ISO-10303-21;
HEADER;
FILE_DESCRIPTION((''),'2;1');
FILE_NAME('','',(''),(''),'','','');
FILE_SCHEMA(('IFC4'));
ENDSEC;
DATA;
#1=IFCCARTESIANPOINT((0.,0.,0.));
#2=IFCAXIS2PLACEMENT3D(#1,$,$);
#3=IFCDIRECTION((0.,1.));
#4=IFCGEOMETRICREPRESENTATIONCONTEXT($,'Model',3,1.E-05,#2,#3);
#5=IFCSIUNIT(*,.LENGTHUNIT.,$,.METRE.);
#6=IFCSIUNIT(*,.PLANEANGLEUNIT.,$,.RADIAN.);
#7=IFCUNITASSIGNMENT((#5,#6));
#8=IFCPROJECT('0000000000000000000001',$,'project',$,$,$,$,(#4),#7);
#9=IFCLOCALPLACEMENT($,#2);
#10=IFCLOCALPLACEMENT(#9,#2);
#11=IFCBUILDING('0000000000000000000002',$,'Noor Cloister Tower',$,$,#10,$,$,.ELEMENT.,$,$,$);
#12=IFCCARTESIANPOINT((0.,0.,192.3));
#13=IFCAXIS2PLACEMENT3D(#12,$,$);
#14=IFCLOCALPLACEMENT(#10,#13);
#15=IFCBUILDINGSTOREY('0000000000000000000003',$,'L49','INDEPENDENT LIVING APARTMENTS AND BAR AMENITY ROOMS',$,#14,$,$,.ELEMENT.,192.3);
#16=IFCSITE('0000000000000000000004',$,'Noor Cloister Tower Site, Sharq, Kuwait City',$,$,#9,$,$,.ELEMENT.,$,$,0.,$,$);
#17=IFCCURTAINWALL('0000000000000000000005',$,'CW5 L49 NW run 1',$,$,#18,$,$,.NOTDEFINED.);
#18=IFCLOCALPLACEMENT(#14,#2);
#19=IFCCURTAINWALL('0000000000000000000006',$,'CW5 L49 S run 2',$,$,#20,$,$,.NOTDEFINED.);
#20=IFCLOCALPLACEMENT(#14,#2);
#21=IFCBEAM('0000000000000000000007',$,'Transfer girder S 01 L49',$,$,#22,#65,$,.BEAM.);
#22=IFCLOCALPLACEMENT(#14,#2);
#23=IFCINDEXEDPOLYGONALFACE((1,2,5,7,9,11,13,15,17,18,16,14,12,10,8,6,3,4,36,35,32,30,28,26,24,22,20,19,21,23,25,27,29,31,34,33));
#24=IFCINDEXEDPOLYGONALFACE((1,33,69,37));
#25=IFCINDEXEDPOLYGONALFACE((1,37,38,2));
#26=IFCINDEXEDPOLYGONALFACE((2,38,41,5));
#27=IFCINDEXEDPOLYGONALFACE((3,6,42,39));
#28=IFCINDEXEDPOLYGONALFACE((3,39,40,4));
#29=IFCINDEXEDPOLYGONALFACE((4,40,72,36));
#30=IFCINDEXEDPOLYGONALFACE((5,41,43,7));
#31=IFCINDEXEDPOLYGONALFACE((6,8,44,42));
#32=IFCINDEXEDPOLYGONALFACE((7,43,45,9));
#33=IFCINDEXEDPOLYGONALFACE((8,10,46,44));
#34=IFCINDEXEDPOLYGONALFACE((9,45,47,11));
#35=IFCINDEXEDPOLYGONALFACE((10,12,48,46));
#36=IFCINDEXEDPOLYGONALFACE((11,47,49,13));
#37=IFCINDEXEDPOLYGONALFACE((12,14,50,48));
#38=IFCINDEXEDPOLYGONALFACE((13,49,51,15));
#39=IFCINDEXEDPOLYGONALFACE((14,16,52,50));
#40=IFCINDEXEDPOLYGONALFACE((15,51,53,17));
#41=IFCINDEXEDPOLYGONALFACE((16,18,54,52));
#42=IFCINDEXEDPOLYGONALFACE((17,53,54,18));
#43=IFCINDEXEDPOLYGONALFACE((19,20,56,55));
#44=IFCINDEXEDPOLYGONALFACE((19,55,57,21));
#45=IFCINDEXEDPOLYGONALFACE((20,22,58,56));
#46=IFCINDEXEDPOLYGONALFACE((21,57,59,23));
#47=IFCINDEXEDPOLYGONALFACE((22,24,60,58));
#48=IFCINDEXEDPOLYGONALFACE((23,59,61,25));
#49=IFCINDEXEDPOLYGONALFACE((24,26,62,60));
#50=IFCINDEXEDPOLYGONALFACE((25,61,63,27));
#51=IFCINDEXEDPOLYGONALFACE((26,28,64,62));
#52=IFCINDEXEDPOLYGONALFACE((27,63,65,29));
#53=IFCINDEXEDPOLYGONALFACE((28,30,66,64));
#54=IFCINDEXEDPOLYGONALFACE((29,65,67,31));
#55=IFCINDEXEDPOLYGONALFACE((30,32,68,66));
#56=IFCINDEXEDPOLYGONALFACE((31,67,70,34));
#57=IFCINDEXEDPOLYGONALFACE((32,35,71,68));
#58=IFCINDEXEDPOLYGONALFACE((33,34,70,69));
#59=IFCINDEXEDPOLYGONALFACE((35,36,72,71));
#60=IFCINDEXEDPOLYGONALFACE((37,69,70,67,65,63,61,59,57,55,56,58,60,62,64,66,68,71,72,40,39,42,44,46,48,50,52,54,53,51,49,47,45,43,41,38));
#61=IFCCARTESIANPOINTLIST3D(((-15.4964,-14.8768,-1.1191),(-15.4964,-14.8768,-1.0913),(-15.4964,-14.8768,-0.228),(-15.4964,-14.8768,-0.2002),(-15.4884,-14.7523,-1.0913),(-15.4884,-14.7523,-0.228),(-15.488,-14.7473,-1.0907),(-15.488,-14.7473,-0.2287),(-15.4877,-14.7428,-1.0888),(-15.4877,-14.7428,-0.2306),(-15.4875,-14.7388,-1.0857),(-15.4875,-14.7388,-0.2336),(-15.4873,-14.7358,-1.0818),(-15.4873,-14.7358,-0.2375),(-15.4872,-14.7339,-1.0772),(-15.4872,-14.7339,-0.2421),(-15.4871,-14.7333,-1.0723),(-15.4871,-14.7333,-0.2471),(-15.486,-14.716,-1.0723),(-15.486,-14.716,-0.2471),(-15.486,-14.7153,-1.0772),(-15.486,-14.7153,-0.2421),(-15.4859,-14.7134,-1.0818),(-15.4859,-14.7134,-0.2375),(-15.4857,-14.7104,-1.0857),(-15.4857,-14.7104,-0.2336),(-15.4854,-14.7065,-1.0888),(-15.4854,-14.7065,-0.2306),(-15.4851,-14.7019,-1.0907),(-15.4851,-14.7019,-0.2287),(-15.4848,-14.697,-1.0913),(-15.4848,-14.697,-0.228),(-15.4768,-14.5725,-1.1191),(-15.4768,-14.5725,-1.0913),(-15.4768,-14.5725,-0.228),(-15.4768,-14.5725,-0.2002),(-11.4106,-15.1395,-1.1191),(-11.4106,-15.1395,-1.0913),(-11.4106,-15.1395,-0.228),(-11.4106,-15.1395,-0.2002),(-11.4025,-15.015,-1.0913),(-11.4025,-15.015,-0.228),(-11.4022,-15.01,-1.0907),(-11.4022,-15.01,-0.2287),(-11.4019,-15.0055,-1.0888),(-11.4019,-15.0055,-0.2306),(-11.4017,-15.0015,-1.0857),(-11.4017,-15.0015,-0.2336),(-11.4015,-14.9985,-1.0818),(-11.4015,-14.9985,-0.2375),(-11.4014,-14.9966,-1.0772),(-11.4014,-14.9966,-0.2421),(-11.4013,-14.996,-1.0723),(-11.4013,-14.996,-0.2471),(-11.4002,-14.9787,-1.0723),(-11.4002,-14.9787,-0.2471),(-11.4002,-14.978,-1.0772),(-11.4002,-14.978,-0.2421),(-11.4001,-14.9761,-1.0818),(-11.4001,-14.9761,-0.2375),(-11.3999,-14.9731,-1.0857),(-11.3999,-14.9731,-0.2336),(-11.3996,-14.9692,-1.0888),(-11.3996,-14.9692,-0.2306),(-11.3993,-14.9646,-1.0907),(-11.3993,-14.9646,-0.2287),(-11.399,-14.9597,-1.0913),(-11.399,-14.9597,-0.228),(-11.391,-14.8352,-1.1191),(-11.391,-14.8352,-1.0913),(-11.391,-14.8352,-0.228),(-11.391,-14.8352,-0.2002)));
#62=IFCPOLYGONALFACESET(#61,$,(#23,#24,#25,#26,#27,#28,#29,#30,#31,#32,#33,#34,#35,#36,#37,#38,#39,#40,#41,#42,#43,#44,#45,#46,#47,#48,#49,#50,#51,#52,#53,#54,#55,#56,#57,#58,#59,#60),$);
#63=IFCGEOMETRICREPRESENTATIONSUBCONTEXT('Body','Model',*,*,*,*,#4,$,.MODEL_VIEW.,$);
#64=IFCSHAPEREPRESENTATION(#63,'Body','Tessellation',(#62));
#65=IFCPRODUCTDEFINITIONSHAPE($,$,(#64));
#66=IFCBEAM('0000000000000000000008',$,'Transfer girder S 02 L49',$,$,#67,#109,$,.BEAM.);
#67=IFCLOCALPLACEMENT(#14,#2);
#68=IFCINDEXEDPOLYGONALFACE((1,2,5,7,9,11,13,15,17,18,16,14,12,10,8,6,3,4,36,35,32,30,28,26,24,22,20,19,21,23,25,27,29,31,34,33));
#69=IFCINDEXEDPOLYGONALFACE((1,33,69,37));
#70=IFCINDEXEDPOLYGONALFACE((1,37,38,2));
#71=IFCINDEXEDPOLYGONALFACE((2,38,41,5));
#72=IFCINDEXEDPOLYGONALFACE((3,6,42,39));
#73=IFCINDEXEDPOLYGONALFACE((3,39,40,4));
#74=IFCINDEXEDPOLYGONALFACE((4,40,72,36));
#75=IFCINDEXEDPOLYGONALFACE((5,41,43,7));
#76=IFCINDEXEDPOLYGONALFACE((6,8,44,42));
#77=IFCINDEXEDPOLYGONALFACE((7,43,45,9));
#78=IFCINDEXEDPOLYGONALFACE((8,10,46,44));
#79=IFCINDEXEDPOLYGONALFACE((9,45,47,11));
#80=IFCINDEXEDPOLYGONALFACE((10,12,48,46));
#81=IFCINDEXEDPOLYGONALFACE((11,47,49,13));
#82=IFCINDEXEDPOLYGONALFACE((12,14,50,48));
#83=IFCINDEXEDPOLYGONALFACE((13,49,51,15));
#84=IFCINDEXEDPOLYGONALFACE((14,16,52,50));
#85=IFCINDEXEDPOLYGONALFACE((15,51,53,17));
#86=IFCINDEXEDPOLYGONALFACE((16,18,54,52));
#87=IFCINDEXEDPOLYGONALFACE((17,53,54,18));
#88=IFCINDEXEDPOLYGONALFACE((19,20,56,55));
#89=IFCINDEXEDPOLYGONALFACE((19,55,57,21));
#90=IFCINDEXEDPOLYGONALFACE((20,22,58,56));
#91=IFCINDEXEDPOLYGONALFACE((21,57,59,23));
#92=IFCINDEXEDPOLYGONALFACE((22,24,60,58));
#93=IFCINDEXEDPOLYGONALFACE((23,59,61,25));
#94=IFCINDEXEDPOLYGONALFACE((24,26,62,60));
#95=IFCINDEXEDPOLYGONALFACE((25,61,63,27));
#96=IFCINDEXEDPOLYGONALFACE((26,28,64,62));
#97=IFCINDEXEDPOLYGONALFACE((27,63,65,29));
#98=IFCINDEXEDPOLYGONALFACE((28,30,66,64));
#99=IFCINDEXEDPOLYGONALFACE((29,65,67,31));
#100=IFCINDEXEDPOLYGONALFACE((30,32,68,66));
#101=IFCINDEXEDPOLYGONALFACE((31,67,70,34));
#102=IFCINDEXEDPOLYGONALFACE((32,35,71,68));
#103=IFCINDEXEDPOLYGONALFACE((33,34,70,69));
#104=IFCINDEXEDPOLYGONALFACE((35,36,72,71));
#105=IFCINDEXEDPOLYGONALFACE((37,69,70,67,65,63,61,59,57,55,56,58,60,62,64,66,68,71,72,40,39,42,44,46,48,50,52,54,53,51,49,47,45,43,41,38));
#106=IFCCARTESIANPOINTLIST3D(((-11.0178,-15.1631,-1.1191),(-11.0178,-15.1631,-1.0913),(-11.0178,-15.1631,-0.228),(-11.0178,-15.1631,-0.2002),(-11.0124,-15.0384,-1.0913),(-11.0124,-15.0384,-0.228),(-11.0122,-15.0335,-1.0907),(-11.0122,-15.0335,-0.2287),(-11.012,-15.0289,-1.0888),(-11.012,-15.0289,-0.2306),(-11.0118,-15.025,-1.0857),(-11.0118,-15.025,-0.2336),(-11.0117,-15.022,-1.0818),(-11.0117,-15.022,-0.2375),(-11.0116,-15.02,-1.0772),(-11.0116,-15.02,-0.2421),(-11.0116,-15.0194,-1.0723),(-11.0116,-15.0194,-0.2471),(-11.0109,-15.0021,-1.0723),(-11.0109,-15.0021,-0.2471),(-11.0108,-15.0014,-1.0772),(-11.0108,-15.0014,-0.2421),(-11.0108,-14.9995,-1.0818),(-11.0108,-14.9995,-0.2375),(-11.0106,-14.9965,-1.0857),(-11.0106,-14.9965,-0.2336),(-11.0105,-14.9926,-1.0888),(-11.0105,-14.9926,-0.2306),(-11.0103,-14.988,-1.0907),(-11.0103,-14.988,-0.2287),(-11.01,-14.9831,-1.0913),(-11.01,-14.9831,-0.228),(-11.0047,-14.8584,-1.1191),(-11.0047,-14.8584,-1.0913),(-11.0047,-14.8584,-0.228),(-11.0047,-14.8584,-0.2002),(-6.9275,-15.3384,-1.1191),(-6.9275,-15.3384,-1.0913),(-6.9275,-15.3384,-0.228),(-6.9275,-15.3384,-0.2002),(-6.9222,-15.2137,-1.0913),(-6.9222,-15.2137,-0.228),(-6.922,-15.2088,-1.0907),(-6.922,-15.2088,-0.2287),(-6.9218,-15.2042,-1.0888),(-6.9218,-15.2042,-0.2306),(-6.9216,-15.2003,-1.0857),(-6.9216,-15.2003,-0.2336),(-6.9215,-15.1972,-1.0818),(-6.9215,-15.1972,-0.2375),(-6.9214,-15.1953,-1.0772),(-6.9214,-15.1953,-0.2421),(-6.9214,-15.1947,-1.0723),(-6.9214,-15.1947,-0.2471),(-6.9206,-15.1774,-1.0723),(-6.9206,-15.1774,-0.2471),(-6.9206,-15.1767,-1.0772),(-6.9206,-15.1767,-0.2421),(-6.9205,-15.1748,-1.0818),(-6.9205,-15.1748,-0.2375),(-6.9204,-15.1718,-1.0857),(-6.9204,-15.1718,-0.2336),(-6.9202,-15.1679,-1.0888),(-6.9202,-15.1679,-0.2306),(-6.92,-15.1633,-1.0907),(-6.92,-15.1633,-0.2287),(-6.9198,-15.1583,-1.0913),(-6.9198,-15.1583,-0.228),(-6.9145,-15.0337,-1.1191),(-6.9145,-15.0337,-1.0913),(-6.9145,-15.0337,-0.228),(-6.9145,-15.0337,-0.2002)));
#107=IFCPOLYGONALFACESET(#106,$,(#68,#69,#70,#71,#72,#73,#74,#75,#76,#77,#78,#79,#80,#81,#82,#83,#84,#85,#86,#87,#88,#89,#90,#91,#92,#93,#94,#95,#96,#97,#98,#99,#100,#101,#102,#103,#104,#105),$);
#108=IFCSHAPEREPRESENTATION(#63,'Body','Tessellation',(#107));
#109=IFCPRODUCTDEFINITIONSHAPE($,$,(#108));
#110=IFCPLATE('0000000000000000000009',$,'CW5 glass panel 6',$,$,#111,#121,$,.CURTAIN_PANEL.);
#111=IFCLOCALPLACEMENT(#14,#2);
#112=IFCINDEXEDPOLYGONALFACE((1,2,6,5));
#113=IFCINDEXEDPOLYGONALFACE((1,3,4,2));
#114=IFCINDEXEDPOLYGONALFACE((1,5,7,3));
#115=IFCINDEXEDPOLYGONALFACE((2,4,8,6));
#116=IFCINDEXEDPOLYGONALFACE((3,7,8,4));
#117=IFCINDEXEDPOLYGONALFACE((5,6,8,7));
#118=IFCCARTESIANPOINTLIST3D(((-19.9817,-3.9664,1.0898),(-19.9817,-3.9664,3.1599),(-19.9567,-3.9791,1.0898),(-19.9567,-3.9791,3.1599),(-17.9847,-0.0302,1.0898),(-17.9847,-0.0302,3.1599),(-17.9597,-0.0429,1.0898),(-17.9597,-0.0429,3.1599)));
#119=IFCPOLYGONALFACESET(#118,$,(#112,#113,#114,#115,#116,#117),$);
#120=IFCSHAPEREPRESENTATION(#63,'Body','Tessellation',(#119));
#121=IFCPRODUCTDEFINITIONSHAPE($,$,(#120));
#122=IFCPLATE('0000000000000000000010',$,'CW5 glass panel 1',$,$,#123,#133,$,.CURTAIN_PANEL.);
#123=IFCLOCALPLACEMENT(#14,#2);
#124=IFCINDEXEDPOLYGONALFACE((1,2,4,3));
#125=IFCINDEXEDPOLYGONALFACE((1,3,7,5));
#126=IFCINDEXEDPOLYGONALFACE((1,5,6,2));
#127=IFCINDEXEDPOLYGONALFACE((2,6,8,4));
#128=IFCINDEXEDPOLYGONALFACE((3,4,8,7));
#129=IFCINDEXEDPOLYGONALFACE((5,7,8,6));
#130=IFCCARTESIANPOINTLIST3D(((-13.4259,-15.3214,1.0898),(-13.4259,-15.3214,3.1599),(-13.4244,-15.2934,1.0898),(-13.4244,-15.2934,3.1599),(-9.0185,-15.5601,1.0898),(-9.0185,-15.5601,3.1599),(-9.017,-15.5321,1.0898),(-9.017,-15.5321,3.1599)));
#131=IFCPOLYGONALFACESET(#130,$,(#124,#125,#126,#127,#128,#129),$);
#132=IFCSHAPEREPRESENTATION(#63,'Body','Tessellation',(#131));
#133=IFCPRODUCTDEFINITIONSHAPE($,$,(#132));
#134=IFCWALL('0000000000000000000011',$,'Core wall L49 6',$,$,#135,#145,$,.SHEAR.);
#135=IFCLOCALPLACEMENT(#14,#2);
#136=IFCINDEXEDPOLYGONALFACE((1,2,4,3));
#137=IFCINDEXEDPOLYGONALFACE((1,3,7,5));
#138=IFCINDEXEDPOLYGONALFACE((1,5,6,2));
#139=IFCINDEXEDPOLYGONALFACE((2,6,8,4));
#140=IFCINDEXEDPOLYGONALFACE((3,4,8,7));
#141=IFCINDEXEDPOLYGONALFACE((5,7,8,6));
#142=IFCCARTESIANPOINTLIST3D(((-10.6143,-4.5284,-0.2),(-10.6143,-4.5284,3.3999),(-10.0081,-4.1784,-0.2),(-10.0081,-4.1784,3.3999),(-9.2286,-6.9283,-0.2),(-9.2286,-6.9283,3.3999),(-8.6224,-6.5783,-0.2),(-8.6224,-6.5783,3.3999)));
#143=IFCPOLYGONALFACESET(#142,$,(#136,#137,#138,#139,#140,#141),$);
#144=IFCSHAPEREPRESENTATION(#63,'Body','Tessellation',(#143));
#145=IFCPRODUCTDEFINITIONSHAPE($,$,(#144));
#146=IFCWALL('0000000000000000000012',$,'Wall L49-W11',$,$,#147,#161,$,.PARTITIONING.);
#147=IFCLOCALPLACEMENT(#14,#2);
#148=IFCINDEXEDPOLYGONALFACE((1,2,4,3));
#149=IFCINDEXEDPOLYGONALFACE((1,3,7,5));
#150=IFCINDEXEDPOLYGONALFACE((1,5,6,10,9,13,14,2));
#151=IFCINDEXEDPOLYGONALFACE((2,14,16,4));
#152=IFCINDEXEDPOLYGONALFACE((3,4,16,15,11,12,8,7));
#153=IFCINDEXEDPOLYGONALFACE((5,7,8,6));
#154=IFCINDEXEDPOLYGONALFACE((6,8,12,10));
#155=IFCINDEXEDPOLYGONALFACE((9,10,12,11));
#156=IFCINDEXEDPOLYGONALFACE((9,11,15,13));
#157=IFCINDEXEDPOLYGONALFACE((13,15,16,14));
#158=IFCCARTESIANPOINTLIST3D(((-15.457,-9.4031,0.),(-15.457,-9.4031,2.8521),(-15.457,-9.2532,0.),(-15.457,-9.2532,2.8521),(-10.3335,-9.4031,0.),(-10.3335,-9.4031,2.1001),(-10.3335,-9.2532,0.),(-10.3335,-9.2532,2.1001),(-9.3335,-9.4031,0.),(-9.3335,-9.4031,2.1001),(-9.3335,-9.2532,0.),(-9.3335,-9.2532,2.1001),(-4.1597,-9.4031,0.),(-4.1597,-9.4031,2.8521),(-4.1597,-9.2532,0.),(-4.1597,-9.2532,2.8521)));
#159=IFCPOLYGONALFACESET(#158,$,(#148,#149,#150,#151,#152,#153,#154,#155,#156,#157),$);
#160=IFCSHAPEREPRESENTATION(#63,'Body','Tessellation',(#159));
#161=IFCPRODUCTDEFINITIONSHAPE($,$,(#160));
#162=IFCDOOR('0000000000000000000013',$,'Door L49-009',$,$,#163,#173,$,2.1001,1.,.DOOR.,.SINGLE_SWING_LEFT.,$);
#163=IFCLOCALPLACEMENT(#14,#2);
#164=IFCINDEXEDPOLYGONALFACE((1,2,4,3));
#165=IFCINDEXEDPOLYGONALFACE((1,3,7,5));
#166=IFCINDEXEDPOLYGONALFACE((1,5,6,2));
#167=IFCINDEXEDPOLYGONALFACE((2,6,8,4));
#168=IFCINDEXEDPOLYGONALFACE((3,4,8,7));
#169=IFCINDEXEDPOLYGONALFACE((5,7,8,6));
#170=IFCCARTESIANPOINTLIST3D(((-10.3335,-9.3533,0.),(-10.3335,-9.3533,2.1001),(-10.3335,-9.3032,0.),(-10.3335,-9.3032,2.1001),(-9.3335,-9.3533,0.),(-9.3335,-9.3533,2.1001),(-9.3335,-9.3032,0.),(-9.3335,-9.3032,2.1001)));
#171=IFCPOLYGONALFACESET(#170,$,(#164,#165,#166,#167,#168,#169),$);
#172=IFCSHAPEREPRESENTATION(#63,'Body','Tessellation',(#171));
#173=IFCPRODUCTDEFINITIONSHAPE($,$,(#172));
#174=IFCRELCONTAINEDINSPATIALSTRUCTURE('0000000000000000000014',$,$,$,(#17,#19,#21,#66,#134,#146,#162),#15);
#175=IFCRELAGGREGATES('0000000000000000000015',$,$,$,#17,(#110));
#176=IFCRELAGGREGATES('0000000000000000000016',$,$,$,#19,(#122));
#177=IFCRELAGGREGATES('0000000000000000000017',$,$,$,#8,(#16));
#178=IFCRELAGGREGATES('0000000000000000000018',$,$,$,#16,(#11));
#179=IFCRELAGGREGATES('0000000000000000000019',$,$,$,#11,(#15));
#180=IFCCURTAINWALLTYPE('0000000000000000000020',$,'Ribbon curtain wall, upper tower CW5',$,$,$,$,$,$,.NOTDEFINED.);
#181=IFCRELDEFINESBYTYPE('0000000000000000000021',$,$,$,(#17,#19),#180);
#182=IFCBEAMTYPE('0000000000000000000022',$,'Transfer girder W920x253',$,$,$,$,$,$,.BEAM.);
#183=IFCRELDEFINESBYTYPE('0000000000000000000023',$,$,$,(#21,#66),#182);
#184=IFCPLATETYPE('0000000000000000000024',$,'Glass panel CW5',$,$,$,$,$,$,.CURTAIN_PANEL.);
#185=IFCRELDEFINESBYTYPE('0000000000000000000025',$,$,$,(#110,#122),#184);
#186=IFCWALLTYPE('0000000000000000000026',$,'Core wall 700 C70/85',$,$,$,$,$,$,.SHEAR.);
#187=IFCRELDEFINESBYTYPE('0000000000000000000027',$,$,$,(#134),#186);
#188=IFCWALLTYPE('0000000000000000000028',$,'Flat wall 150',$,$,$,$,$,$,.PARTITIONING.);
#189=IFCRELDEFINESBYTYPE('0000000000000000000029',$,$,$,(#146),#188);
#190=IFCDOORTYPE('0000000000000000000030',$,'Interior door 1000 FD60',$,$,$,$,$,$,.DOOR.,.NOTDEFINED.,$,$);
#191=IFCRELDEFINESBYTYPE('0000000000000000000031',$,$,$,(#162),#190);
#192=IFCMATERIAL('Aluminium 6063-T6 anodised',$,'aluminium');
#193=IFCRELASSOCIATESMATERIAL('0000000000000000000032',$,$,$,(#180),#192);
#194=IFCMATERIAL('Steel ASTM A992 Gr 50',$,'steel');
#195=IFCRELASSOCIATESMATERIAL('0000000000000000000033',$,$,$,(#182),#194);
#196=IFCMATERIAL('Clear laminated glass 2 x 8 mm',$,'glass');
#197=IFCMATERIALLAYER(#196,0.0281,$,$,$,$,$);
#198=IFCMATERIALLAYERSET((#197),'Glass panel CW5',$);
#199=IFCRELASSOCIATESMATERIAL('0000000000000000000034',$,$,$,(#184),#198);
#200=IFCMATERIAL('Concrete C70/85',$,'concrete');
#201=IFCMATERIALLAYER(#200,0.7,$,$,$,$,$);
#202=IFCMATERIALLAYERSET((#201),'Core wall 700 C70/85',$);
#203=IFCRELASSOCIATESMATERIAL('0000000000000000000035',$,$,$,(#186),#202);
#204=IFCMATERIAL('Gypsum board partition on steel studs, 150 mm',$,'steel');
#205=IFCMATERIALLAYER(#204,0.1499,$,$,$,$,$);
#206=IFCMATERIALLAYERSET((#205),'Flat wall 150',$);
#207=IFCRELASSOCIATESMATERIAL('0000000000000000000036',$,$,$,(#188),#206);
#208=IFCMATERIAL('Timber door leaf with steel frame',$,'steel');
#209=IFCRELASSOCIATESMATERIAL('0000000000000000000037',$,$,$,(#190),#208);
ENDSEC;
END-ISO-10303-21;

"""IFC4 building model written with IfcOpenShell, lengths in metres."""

from ifc_helpers import new_model, si_unit, direction, frame, frame_2d, origin, origin_2d, place, context, subcontext, project, spatial, rectangle, i_section, extrude, material, layer, layer_set, material_profile, profile_set, type_object, element, fill, aggregate, save


model = new_model("IFC4")

# Units and contexts
model_context = context("Model", 3, precision=1e-05, world=origin(), true_north=direction((0.0, 1.0)))
body_context = subcontext(model_context, "Body", "Model", "MODEL_VIEW")
ifc_project = project(units=[si_unit("LENGTHUNIT", "METRE"), si_unit("PLANEANGLEUNIT", "RADIAN")], contexts=[model_context])

# Site, building, storey
site_placement = place(None, origin())
site = spatial("IfcSite", under=ifc_project, at=site_placement, Name="Noor Cloister Tower Site, Sharq, Kuwait City", CompositionType="ELEMENT", RefElevation=0.0)
building_placement = place(site_placement, origin())
building = spatial("IfcBuilding", under=site, at=building_placement, Name="Noor Cloister Tower", CompositionType="ELEMENT")
storey_placement = place(building_placement, frame((0.0, 0.0, 192.3)))
storey = spatial("IfcBuildingStorey", under=building, at=storey_placement, Name="L49", Description="INDEPENDENT LIVING APARTMENTS AND BAR AMENITY ROOMS", CompositionType="ELEMENT", Elevation=192.3)

# Curtain wall
ifc_material_1 = material(Name="Aluminium 6063-T6 anodised", Category="aluminium")
curtain_wall_type = type_object("IfcCurtainWallType", Name="Ribbon curtain wall, upper tower CW5", PredefinedType="NOTDEFINED", material=ifc_material_1)
curtain_wall_1_placement = place(storey_placement, origin())
curtain_wall_1 = element("IfcCurtainWall", 1, at=curtain_wall_1_placement, inside=storey, type_object=curtain_wall_type, Name="CW5 L49 NW run 1", PredefinedType="NOTDEFINED")

# Curtain wall
curtain_wall_2_placement = place(storey_placement, origin())
curtain_wall_2 = element("IfcCurtainWall", 2, at=curtain_wall_2_placement, inside=storey, type_object=curtain_wall_type, Name="CW5 L49 S run 2", PredefinedType="NOTDEFINED")

# Beams
ifc_material_2 = material(Name="Steel ASTM A992 Gr 50", Category="steel")
ifc_material_profile_1 = material_profile(ifc_material_2, i_section(OverallWidth=0.3049, OverallDepth=0.9189, WebThickness=0.0173, FlangeThickness=0.0278, FilletRadius=0.019, at=origin_2d()), Name="W920x253")
ifc_profile_set_1 = profile_set([ifc_material_profile_1], Name="Steel ASTM A992 Gr 50")
beam_type_1 = type_object("IfcBeamType", Name="Transfer girder W920x253", PredefinedType="BEAM", material=ifc_profile_set_1)
beam_1_placement = place(storey_placement, frame((-15.4866, -14.7246, -0.6597), z_axis=(0.997939, -0.064164, 0.0), x_axis=(0.064164, 0.997939, 0.0)))
element("IfcBeam", 3, at=beam_1_placement, inside=storey, type_object=beam_type_1, Name="Transfer girder S 01 L49", PredefinedType="BEAM", context=body_context, shape_type="SweptSolid", body=[
    extrude(i_section(OverallWidth=0.3049, OverallDepth=0.9189, WebThickness=0.0173, FlangeThickness=0.0278, FilletRadius=0.019, at=origin_2d()), origin(), (0.0, 0.0, 1.0), 4.0942),
])
beam_2_placement = place(storey_placement, frame((-11.0112, -15.0107, -0.6597), z_axis=(0.999083, -0.042816, 0.0), x_axis=(0.042816, 0.999083, 0.0)))
element("IfcBeam", 4, at=beam_2_placement, inside=storey, type_object=beam_type_1, Name="Transfer girder S 02 L49", PredefinedType="BEAM", context=body_context, shape_type="SweptSolid", body=[
    extrude(i_section(OverallWidth=0.3049, OverallDepth=0.9189, WebThickness=0.0173, FlangeThickness=0.0278, FilletRadius=0.019, at=origin_2d()), origin(), (0.0, 0.0, 1.0), 4.094),
])

# Plates
ifc_material_3 = material(Name="Clear laminated glass 2 x 8 mm", Category="glass")
ifc_layer_1 = layer(ifc_material_3, 0.0281)
ifc_layer_set_1 = layer_set([ifc_layer_1], Name="Glass panel CW5")
plate_type = type_object("IfcPlateType", Name="Glass panel CW5", PredefinedType="CURTAIN_PANEL", material=ifc_layer_set_1)
plate_1_placement = place(storey_placement, frame((-18.9707, -2.0046, 1.0898), z_axis=(0.0, 0.0, 1.0), x_axis=(-0.452439, -0.891795, 0.0)))
plate_1 = element("IfcPlate", 5, at=plate_1_placement, type_object=plate_type, Name="CW5 glass panel 6", PredefinedType="CURTAIN_PANEL", context=body_context, shape_type="SweptSolid", body=[
    extrude(rectangle(XDim=4.4138, YDim=0.0281, at=origin_2d()), origin(), (0.0, 0.0, 1.0), 2.0701),
])
aggregate(curtain_wall_1, [plate_1])
plate_2_placement = place(storey_placement, frame((-11.2214, -15.4268, 1.0898), z_axis=(0.0, 0.0, 1.0), x_axis=(0.998537, -0.054074, 0.0)))
plate_2 = element("IfcPlate", 6, at=plate_2_placement, type_object=plate_type, Name="CW5 glass panel 1", PredefinedType="CURTAIN_PANEL", context=body_context, shape_type="SweptSolid", body=[
    extrude(rectangle(XDim=4.4138, YDim=0.0281, at=origin_2d()), origin(), (0.0, 0.0, 1.0), 2.0701),
])
aggregate(curtain_wall_2, [plate_2])

# Wall
ifc_material_4 = material(Name="Concrete C70/85", Category="concrete")
ifc_layer_2 = layer(ifc_material_4, 0.7)
ifc_layer_set_2 = layer_set([ifc_layer_2], Name="Core wall 700 C70/85")
wall_type_1 = type_object("IfcWallType", Name="Core wall 700 C70/85", PredefinedType="SHEAR", material=ifc_layer_set_2)
wall_1_placement = place(storey_placement, frame((-10.3113, -4.3533, -0.2), z_axis=(0.0, 0.0, 1.0), x_axis=(0.500043, -0.866001, 0.0)))
element("IfcWall", 7, at=wall_1_placement, inside=storey, type_object=wall_type_1, Name="Core wall L49 6", PredefinedType="SHEAR", context=body_context, shape_type="SweptSolid", body=[
    extrude(rectangle(XDim=2.7712, YDim=0.7, at=frame_2d((1.3857, 0.0))), origin(), (0.0, 0.0, 1.0), 3.5999),
])

# Wall, opening, door
ifc_material_5 = material(Name="Gypsum board partition on steel studs, 150 mm", Category="steel")
ifc_layer_3 = layer(ifc_material_5, 0.1499)
ifc_layer_set_3 = layer_set([ifc_layer_3], Name="Flat wall 150")
wall_type_2 = type_object("IfcWallType", Name="Flat wall 150", PredefinedType="PARTITIONING", material=ifc_layer_set_3)
wall_2_placement = place(storey_placement, frame((-15.457, -9.3281, 0.0), z_axis=(0.0, 0.0, 1.0), x_axis=(1.0, 0.0, 0.0)))
wall_2 = element("IfcWall", 8, at=wall_2_placement, inside=storey, type_object=wall_type_2, Name="Wall L49-W11", PredefinedType="PARTITIONING", context=body_context, shape_type="SweptSolid", body=[
    extrude(rectangle(XDim=11.2974, YDim=0.1499, at=frame_2d((5.6487, 0.0))), origin(), (0.0, 0.0, 1.0), 2.8521),
])
opening_1_placement = place(wall_2_placement, frame((5.1235, 0.0, 0.0)))
opening_1 = element("IfcOpeningElement", 9, at=opening_1_placement, cuts=wall_2, PredefinedType="OPENING", context=body_context, shape_type="SweptSolid", body=[
    extrude(rectangle(XDim=1.0, YDim=2.1001, at=frame_2d((0.5, 1.05))), frame((0.0, 0.085, 0.0), z_axis=(0.0, -1.0, 0.0), x_axis=(1.0, 0.0, 0.0)), (0.0, 0.0, 1.0), 0.1699),
])
ifc_material_6 = material(Name="Timber door leaf with steel frame", Category="steel")
door_type_1 = type_object("IfcDoorType", Name="Interior door 1000 FD60", OperationType="NOTDEFINED", PredefinedType="DOOR", material=ifc_material_6)
door_1_placement = place(opening_1_placement, origin())
door_1 = element("IfcDoor", 10, at=door_1_placement, inside=storey, type_object=door_type_1, Name="Door L49-009", OperationType="SINGLE_SWING_LEFT", OverallHeight=2.1001, OverallWidth=1.0, PredefinedType="DOOR", context=body_context, shape_type="SweptSolid", body=[
    extrude(rectangle(XDim=1.0, YDim=2.1001, at=frame_2d((0.5, 1.05))), frame((0.0, 0.0249, 0.0), z_axis=(0.0, -1.0, 0.0), x_axis=(1.0, 0.0, 0.0)), (0.0, 0.0, 1.0), 0.05),
])
fill(opening_1, door_1)

save(model, "model.ifc")
